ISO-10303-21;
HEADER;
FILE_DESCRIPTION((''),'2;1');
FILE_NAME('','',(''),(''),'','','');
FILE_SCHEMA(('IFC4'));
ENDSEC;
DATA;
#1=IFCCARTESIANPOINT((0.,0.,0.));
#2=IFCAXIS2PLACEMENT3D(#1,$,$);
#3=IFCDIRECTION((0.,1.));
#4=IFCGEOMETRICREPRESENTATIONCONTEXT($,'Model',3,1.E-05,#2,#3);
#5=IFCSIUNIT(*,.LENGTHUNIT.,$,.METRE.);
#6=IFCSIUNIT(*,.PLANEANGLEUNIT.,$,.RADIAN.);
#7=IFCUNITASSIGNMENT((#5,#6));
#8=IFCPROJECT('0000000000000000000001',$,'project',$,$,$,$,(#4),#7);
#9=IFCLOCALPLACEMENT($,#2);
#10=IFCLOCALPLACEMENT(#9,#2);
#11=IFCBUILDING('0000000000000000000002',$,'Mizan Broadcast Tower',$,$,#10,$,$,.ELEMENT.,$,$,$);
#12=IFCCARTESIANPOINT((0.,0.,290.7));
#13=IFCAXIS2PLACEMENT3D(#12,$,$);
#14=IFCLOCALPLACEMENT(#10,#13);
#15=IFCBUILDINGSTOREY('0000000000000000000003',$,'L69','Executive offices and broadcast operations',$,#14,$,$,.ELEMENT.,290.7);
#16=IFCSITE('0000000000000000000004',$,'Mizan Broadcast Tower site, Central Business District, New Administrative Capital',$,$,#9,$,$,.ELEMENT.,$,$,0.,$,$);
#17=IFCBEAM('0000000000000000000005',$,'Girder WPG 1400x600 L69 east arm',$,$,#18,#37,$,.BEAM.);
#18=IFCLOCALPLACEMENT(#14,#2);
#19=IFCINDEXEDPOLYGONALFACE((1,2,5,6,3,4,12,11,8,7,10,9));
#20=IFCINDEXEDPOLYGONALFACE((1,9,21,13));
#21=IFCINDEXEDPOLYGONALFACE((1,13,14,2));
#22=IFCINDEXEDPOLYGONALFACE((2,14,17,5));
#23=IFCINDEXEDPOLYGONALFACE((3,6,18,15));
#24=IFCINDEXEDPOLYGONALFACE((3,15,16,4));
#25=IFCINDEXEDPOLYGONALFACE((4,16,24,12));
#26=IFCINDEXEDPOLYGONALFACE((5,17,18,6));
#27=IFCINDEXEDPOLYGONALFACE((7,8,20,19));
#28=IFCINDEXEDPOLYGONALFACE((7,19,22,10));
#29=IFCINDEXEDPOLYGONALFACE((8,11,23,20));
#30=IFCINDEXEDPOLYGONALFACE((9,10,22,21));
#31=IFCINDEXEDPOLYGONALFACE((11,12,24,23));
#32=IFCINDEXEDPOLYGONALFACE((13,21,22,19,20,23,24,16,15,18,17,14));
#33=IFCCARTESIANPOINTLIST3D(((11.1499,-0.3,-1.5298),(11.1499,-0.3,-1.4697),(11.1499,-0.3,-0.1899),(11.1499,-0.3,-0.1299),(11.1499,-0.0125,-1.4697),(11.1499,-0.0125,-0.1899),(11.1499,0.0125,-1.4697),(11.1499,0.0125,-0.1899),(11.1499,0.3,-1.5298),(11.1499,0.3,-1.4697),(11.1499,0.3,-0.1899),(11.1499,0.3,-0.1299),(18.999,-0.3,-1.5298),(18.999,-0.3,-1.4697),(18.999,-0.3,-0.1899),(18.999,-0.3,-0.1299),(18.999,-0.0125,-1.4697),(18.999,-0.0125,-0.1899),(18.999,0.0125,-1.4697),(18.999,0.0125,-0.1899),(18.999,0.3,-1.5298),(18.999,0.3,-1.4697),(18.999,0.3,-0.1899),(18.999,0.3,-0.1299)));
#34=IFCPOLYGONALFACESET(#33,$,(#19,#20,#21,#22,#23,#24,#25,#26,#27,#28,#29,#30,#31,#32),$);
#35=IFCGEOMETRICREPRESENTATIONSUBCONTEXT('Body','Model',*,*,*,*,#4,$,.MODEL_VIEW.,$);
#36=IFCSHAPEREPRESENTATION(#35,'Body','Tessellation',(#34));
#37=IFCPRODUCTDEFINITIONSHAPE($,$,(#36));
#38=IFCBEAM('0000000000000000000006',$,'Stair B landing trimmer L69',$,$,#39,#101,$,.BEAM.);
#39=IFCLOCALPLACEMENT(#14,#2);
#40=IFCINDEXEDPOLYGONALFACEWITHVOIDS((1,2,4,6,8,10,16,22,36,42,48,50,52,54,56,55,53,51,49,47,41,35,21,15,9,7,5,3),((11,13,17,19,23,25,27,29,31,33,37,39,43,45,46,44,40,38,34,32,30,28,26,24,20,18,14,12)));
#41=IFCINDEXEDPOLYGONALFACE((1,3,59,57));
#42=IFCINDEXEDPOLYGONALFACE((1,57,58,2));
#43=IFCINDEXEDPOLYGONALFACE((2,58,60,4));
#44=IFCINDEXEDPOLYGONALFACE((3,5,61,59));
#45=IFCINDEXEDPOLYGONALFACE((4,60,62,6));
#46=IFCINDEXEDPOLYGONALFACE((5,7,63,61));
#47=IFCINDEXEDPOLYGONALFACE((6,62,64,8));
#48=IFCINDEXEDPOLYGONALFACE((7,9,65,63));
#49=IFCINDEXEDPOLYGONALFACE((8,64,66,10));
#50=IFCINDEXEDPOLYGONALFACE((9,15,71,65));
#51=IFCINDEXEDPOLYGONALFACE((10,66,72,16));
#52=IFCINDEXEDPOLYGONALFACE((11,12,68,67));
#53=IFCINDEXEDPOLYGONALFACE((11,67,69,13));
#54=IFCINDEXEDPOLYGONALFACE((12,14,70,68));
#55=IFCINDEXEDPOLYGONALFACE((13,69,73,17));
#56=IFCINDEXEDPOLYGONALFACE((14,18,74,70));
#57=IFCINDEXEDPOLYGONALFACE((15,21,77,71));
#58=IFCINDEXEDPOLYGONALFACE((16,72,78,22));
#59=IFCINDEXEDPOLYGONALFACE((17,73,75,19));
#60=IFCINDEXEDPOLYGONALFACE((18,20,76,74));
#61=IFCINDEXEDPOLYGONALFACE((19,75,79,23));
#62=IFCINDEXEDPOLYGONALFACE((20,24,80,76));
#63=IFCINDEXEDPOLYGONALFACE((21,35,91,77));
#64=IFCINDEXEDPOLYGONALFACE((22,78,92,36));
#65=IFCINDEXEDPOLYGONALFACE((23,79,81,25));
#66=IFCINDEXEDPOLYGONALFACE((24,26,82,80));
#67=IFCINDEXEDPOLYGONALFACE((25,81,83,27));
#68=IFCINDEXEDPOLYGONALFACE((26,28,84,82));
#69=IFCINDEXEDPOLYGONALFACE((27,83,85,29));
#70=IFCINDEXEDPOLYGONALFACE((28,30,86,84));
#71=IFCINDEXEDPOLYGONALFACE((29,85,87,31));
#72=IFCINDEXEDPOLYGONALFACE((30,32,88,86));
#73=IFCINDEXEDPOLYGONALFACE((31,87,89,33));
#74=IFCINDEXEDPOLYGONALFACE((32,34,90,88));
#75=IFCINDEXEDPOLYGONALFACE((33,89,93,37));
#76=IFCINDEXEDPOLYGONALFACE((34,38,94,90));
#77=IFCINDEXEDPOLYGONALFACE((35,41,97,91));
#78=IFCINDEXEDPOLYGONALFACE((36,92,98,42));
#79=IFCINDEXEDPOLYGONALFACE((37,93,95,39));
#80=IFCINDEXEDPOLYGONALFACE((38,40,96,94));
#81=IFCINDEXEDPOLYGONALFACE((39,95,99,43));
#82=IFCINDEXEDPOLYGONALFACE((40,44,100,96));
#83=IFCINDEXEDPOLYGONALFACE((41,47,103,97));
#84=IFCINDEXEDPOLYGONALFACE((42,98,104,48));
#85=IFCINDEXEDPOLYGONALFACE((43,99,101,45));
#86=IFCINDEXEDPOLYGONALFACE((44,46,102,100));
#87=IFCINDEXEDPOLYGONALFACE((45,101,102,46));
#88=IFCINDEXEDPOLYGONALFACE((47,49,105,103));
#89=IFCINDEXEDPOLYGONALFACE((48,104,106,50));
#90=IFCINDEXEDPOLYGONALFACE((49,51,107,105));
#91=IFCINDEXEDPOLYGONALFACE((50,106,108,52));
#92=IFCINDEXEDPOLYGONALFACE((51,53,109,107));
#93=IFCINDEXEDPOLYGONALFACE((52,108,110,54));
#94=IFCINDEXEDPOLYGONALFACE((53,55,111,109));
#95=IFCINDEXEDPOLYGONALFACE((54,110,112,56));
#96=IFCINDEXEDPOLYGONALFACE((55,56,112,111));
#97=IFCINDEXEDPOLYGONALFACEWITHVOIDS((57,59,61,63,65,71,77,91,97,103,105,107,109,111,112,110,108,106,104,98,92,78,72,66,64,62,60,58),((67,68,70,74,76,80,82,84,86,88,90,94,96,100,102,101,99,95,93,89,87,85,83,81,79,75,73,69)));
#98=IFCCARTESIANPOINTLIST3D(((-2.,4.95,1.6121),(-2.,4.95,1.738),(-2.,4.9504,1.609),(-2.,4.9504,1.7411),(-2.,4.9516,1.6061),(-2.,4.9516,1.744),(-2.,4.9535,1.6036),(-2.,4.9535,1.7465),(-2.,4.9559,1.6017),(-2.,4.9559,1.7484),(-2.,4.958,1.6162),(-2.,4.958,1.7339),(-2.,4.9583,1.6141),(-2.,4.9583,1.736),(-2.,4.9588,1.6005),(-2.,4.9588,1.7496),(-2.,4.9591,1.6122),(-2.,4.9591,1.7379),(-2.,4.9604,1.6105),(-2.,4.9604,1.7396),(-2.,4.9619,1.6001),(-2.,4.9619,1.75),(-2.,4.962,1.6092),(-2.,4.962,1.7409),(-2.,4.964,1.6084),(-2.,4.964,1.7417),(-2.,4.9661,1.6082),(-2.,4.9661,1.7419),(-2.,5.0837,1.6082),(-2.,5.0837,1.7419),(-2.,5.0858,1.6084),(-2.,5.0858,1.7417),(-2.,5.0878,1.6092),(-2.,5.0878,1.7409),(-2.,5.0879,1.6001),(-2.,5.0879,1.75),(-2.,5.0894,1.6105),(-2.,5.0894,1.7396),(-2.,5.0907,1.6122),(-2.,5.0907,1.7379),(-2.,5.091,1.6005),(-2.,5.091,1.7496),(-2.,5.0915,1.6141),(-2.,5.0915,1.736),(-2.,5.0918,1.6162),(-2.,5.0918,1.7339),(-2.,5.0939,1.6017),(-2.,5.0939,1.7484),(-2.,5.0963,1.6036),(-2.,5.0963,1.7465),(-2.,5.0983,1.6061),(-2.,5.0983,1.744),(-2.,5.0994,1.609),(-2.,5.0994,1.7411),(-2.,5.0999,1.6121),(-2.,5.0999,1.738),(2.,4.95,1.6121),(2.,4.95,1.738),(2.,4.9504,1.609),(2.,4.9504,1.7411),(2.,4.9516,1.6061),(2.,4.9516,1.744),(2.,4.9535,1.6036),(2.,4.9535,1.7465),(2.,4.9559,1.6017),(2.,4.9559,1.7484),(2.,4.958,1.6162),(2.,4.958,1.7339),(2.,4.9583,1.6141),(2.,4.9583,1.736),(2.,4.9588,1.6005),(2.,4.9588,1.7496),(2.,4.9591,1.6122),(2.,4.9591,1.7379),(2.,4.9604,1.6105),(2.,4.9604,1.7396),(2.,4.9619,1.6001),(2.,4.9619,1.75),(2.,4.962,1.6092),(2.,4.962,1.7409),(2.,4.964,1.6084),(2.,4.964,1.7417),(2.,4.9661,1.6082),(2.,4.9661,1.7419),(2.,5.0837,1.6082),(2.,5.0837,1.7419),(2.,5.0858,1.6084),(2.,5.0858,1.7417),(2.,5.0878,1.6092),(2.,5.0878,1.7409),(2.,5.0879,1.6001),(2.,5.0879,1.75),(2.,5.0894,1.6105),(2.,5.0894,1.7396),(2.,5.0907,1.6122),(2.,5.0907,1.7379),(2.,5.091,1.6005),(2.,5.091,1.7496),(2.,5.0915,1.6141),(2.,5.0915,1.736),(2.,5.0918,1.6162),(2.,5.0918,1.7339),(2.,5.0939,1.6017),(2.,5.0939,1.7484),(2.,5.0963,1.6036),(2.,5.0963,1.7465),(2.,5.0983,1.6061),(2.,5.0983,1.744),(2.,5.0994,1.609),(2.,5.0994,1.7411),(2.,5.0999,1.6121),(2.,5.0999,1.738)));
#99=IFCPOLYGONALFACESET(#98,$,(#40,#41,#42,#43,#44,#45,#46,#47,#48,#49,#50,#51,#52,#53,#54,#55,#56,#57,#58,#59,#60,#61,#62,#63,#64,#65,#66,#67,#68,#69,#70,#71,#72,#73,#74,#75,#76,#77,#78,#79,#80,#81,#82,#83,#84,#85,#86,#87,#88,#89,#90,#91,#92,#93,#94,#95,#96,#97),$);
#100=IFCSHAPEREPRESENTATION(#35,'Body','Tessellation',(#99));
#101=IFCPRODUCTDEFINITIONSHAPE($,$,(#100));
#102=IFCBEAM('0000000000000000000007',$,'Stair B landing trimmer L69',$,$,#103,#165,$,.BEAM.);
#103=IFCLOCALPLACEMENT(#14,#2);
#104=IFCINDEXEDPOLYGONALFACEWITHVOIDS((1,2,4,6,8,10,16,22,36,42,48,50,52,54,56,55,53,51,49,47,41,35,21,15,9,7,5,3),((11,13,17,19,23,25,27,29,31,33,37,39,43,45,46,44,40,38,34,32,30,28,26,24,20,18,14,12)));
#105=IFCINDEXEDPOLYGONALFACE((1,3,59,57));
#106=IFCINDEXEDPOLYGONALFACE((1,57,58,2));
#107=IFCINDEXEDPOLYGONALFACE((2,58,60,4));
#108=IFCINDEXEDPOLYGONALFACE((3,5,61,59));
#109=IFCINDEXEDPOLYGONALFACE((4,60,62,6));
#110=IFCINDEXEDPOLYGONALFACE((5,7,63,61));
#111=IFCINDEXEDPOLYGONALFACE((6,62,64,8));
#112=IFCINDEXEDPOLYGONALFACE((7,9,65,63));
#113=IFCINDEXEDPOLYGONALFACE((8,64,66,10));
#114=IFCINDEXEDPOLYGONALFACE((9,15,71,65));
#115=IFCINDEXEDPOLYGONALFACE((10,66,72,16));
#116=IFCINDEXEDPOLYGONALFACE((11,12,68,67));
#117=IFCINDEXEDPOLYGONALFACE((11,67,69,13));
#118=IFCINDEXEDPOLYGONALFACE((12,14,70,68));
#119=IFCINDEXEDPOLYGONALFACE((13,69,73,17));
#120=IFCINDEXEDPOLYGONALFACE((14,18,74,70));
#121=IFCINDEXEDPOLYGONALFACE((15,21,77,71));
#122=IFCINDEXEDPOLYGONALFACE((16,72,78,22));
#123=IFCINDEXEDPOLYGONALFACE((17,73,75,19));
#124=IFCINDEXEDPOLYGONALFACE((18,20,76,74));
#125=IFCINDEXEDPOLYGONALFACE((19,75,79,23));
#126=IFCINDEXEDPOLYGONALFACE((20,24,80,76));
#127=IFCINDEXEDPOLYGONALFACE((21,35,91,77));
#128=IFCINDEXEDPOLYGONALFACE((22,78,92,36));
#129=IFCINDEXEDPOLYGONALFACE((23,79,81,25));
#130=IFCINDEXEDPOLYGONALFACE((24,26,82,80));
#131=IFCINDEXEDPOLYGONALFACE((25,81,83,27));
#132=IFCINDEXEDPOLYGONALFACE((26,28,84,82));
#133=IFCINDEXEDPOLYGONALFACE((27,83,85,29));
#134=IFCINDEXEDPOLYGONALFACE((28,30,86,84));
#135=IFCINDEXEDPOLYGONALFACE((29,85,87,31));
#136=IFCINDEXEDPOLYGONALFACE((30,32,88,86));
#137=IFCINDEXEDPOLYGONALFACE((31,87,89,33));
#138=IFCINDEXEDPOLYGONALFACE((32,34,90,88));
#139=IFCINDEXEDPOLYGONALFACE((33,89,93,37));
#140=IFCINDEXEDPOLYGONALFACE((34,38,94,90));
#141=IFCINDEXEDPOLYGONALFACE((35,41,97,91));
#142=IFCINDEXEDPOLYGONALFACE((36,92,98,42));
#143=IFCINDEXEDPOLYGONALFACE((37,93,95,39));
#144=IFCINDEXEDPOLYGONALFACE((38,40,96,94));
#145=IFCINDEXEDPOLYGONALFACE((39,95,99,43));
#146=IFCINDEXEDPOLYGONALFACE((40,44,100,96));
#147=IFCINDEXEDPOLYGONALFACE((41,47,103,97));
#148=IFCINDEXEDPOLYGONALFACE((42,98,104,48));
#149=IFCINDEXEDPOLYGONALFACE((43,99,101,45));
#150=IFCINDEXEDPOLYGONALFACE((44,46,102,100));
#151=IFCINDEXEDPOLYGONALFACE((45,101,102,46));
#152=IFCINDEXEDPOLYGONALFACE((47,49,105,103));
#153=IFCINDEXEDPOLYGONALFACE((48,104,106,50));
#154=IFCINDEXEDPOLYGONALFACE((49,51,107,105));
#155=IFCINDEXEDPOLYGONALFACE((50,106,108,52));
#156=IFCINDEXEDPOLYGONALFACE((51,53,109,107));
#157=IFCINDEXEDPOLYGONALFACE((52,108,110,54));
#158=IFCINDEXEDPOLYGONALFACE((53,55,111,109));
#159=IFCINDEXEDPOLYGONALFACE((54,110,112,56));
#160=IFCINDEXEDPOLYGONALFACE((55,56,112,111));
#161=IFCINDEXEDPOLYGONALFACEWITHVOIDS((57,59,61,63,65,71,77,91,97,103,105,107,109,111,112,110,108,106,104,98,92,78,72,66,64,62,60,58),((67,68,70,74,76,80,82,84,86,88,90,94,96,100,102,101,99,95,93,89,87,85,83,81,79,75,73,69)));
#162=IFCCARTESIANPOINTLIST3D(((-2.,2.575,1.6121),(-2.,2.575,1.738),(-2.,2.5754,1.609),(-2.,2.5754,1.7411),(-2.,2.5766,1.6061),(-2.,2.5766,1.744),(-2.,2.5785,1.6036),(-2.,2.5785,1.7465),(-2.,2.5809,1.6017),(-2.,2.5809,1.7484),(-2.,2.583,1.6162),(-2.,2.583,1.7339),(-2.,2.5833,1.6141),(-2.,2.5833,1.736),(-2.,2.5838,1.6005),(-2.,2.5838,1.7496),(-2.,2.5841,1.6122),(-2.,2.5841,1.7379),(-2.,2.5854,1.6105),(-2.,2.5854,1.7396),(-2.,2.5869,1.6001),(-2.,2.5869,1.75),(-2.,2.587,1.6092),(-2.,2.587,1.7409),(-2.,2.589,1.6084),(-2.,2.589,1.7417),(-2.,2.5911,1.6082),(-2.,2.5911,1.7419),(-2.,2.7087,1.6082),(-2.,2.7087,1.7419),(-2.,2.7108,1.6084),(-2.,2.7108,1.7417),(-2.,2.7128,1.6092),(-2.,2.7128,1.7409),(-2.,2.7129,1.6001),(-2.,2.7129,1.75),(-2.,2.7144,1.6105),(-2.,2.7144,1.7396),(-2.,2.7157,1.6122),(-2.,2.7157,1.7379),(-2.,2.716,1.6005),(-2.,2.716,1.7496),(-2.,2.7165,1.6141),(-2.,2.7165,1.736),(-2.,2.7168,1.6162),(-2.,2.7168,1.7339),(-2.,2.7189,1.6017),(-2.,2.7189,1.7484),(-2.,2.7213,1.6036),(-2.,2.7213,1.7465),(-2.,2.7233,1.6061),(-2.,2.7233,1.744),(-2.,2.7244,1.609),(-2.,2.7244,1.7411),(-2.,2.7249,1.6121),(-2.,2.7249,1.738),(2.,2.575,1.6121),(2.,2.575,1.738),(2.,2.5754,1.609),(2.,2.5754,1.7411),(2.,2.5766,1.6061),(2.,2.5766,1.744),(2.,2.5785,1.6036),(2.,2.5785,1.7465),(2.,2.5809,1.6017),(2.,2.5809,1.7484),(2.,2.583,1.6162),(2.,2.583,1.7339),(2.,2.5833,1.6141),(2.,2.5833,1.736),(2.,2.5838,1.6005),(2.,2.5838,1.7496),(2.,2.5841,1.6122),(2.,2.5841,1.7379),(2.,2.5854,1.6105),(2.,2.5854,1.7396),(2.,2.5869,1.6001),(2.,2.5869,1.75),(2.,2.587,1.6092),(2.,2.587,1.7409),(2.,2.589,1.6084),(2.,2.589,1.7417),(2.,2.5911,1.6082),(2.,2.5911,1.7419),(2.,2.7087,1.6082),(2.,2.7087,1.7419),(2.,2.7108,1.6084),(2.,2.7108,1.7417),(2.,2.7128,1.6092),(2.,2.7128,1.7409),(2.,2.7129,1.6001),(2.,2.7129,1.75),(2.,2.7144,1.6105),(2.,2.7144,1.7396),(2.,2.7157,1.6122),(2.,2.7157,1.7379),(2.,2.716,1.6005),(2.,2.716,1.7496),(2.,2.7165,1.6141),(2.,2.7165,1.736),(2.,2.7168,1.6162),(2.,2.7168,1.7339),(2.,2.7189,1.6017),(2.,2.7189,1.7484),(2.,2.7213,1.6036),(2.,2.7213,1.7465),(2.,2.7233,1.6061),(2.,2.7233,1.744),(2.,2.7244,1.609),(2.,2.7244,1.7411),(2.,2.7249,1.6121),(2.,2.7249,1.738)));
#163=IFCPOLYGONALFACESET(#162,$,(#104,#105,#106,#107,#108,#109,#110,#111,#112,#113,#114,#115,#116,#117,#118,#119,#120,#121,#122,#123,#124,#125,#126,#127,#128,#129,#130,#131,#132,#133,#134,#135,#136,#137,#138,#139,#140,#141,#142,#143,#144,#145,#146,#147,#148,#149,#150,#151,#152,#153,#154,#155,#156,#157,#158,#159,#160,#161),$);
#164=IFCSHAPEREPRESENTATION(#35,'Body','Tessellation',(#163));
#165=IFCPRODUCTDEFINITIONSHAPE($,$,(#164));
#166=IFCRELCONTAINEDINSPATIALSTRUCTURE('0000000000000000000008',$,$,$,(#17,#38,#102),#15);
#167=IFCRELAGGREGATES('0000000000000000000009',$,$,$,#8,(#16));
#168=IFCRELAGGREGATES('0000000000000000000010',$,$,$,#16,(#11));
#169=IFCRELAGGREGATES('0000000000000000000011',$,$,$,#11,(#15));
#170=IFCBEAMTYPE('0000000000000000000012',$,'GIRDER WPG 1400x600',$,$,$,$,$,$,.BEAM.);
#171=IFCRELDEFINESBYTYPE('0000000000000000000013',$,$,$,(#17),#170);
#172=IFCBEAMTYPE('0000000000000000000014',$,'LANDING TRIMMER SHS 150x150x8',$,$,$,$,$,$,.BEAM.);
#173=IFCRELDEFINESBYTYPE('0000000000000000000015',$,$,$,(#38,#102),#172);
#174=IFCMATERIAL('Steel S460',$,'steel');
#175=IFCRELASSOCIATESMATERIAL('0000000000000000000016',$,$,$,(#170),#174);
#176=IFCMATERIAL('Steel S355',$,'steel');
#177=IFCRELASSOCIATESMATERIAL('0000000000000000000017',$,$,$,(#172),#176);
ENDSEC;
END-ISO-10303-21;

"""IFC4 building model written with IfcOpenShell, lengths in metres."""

from ifc_helpers import new_model, si_unit, direction, frame, origin, origin_2d, place, context, subcontext, project, spatial, hollow_rectangle, i_section, extrude, material, material_profile, profile_set, type_object, element, save


model = new_model("IFC4")

# Units and contexts
model_context = context("Model", 3, precision=1e-05, world=origin(), true_north=direction((0.0, 1.0)))
body_context = subcontext(model_context, "Body", "Model", "MODEL_VIEW")
ifc_project = project(units=[si_unit("LENGTHUNIT", "METRE"), si_unit("PLANEANGLEUNIT", "RADIAN")], contexts=[model_context])

# Site, building, storey
site_placement = place(None, origin())
site = spatial("IfcSite", under=ifc_project, at=site_placement, Name="Mizan Broadcast Tower site, Central Business District, New Administrative Capital", CompositionType="ELEMENT", RefElevation=0.0)
building_placement = place(site_placement, origin())
building = spatial("IfcBuilding", under=site, at=building_placement, Name="Mizan Broadcast Tower", CompositionType="ELEMENT")
storey_placement = place(building_placement, frame((0.0, 0.0, 290.7)))
storey = spatial("IfcBuildingStorey", under=building, at=storey_placement, Name="L69", Description="Executive offices and broadcast operations", CompositionType="ELEMENT", Elevation=290.7)

# Beams
ifc_material_1 = material(Name="Steel S460", Category="steel")
ifc_material_profile_1 = material_profile(ifc_material_1, i_section(OverallWidth=0.6001, OverallDepth=1.3999, WebThickness=0.0249, FlangeThickness=0.0601, at=origin_2d()), Name="WPG 1400x600")
ifc_profile_set_1 = profile_set([ifc_material_profile_1], Name="Steel S460")
beam_type_1 = type_object("IfcBeamType", Name="GIRDER WPG 1400x600", PredefinedType="BEAM", material=ifc_profile_set_1)
beam_placement = place(storey_placement, frame((11.1499, 0.0, -0.8298), z_axis=(1.0, 0.0, 0.0), x_axis=(0.0, 1.0, 0.0)))
element("IfcBeam", 1, at=beam_placement, inside=storey, type_object=beam_type_1, Name="Girder WPG 1400x600 L69 east arm", PredefinedType="BEAM", context=body_context, shape_type="SweptSolid", body=[
    extrude(i_section(OverallWidth=0.6001, OverallDepth=1.3999, WebThickness=0.0249, FlangeThickness=0.0601, at=origin_2d()), origin(), (0.0, 0.0, 1.0), 7.8491),
])
ifc_material_2 = material(Name="Steel S355", Category="steel")
ifc_material_profile_2 = material_profile(ifc_material_2, hollow_rectangle(XDim=0.1499, YDim=0.1499, WallThickness=0.0081, InnerFilletRadius=0.0081, OuterFilletRadius=0.012, at=origin_2d()), Name="SHS 150x150x8")
ifc_profile_set_2 = profile_set([ifc_material_profile_2], Name="Steel S355")
beam_type_2 = type_object("IfcBeamType", Name="LANDING TRIMMER SHS 150x150x8", PredefinedType="BEAM", material=ifc_profile_set_2)
for number, where, z_axis, x_axis, name in (
    (2, (2.0, 5.0249, 1.675), (-1.0, 0.0, 0.0), (0.0, -1.0, 0.0), "Stair B landing trimmer L69"),
    (3, (2.0, 2.6499, 1.675), (-1.0, 0.0, 0.0), (0.0, -1.0, 0.0), "Stair B landing trimmer L69"),
):
    element("IfcBeam", number, at=place(storey_placement, frame(where, z_axis=z_axis, x_axis=x_axis)), inside=storey, type_object=beam_type_2, Name=name, PredefinedType="BEAM", context=body_context, shape_type="SweptSolid", body=[
        extrude(hollow_rectangle(XDim=0.1499, YDim=0.1499, WallThickness=0.0081, InnerFilletRadius=0.0081, OuterFilletRadius=0.012, at=origin_2d()), origin(), (0.0, 0.0, 1.0), 4.0),
    ])

save(model, "model.ifc")
